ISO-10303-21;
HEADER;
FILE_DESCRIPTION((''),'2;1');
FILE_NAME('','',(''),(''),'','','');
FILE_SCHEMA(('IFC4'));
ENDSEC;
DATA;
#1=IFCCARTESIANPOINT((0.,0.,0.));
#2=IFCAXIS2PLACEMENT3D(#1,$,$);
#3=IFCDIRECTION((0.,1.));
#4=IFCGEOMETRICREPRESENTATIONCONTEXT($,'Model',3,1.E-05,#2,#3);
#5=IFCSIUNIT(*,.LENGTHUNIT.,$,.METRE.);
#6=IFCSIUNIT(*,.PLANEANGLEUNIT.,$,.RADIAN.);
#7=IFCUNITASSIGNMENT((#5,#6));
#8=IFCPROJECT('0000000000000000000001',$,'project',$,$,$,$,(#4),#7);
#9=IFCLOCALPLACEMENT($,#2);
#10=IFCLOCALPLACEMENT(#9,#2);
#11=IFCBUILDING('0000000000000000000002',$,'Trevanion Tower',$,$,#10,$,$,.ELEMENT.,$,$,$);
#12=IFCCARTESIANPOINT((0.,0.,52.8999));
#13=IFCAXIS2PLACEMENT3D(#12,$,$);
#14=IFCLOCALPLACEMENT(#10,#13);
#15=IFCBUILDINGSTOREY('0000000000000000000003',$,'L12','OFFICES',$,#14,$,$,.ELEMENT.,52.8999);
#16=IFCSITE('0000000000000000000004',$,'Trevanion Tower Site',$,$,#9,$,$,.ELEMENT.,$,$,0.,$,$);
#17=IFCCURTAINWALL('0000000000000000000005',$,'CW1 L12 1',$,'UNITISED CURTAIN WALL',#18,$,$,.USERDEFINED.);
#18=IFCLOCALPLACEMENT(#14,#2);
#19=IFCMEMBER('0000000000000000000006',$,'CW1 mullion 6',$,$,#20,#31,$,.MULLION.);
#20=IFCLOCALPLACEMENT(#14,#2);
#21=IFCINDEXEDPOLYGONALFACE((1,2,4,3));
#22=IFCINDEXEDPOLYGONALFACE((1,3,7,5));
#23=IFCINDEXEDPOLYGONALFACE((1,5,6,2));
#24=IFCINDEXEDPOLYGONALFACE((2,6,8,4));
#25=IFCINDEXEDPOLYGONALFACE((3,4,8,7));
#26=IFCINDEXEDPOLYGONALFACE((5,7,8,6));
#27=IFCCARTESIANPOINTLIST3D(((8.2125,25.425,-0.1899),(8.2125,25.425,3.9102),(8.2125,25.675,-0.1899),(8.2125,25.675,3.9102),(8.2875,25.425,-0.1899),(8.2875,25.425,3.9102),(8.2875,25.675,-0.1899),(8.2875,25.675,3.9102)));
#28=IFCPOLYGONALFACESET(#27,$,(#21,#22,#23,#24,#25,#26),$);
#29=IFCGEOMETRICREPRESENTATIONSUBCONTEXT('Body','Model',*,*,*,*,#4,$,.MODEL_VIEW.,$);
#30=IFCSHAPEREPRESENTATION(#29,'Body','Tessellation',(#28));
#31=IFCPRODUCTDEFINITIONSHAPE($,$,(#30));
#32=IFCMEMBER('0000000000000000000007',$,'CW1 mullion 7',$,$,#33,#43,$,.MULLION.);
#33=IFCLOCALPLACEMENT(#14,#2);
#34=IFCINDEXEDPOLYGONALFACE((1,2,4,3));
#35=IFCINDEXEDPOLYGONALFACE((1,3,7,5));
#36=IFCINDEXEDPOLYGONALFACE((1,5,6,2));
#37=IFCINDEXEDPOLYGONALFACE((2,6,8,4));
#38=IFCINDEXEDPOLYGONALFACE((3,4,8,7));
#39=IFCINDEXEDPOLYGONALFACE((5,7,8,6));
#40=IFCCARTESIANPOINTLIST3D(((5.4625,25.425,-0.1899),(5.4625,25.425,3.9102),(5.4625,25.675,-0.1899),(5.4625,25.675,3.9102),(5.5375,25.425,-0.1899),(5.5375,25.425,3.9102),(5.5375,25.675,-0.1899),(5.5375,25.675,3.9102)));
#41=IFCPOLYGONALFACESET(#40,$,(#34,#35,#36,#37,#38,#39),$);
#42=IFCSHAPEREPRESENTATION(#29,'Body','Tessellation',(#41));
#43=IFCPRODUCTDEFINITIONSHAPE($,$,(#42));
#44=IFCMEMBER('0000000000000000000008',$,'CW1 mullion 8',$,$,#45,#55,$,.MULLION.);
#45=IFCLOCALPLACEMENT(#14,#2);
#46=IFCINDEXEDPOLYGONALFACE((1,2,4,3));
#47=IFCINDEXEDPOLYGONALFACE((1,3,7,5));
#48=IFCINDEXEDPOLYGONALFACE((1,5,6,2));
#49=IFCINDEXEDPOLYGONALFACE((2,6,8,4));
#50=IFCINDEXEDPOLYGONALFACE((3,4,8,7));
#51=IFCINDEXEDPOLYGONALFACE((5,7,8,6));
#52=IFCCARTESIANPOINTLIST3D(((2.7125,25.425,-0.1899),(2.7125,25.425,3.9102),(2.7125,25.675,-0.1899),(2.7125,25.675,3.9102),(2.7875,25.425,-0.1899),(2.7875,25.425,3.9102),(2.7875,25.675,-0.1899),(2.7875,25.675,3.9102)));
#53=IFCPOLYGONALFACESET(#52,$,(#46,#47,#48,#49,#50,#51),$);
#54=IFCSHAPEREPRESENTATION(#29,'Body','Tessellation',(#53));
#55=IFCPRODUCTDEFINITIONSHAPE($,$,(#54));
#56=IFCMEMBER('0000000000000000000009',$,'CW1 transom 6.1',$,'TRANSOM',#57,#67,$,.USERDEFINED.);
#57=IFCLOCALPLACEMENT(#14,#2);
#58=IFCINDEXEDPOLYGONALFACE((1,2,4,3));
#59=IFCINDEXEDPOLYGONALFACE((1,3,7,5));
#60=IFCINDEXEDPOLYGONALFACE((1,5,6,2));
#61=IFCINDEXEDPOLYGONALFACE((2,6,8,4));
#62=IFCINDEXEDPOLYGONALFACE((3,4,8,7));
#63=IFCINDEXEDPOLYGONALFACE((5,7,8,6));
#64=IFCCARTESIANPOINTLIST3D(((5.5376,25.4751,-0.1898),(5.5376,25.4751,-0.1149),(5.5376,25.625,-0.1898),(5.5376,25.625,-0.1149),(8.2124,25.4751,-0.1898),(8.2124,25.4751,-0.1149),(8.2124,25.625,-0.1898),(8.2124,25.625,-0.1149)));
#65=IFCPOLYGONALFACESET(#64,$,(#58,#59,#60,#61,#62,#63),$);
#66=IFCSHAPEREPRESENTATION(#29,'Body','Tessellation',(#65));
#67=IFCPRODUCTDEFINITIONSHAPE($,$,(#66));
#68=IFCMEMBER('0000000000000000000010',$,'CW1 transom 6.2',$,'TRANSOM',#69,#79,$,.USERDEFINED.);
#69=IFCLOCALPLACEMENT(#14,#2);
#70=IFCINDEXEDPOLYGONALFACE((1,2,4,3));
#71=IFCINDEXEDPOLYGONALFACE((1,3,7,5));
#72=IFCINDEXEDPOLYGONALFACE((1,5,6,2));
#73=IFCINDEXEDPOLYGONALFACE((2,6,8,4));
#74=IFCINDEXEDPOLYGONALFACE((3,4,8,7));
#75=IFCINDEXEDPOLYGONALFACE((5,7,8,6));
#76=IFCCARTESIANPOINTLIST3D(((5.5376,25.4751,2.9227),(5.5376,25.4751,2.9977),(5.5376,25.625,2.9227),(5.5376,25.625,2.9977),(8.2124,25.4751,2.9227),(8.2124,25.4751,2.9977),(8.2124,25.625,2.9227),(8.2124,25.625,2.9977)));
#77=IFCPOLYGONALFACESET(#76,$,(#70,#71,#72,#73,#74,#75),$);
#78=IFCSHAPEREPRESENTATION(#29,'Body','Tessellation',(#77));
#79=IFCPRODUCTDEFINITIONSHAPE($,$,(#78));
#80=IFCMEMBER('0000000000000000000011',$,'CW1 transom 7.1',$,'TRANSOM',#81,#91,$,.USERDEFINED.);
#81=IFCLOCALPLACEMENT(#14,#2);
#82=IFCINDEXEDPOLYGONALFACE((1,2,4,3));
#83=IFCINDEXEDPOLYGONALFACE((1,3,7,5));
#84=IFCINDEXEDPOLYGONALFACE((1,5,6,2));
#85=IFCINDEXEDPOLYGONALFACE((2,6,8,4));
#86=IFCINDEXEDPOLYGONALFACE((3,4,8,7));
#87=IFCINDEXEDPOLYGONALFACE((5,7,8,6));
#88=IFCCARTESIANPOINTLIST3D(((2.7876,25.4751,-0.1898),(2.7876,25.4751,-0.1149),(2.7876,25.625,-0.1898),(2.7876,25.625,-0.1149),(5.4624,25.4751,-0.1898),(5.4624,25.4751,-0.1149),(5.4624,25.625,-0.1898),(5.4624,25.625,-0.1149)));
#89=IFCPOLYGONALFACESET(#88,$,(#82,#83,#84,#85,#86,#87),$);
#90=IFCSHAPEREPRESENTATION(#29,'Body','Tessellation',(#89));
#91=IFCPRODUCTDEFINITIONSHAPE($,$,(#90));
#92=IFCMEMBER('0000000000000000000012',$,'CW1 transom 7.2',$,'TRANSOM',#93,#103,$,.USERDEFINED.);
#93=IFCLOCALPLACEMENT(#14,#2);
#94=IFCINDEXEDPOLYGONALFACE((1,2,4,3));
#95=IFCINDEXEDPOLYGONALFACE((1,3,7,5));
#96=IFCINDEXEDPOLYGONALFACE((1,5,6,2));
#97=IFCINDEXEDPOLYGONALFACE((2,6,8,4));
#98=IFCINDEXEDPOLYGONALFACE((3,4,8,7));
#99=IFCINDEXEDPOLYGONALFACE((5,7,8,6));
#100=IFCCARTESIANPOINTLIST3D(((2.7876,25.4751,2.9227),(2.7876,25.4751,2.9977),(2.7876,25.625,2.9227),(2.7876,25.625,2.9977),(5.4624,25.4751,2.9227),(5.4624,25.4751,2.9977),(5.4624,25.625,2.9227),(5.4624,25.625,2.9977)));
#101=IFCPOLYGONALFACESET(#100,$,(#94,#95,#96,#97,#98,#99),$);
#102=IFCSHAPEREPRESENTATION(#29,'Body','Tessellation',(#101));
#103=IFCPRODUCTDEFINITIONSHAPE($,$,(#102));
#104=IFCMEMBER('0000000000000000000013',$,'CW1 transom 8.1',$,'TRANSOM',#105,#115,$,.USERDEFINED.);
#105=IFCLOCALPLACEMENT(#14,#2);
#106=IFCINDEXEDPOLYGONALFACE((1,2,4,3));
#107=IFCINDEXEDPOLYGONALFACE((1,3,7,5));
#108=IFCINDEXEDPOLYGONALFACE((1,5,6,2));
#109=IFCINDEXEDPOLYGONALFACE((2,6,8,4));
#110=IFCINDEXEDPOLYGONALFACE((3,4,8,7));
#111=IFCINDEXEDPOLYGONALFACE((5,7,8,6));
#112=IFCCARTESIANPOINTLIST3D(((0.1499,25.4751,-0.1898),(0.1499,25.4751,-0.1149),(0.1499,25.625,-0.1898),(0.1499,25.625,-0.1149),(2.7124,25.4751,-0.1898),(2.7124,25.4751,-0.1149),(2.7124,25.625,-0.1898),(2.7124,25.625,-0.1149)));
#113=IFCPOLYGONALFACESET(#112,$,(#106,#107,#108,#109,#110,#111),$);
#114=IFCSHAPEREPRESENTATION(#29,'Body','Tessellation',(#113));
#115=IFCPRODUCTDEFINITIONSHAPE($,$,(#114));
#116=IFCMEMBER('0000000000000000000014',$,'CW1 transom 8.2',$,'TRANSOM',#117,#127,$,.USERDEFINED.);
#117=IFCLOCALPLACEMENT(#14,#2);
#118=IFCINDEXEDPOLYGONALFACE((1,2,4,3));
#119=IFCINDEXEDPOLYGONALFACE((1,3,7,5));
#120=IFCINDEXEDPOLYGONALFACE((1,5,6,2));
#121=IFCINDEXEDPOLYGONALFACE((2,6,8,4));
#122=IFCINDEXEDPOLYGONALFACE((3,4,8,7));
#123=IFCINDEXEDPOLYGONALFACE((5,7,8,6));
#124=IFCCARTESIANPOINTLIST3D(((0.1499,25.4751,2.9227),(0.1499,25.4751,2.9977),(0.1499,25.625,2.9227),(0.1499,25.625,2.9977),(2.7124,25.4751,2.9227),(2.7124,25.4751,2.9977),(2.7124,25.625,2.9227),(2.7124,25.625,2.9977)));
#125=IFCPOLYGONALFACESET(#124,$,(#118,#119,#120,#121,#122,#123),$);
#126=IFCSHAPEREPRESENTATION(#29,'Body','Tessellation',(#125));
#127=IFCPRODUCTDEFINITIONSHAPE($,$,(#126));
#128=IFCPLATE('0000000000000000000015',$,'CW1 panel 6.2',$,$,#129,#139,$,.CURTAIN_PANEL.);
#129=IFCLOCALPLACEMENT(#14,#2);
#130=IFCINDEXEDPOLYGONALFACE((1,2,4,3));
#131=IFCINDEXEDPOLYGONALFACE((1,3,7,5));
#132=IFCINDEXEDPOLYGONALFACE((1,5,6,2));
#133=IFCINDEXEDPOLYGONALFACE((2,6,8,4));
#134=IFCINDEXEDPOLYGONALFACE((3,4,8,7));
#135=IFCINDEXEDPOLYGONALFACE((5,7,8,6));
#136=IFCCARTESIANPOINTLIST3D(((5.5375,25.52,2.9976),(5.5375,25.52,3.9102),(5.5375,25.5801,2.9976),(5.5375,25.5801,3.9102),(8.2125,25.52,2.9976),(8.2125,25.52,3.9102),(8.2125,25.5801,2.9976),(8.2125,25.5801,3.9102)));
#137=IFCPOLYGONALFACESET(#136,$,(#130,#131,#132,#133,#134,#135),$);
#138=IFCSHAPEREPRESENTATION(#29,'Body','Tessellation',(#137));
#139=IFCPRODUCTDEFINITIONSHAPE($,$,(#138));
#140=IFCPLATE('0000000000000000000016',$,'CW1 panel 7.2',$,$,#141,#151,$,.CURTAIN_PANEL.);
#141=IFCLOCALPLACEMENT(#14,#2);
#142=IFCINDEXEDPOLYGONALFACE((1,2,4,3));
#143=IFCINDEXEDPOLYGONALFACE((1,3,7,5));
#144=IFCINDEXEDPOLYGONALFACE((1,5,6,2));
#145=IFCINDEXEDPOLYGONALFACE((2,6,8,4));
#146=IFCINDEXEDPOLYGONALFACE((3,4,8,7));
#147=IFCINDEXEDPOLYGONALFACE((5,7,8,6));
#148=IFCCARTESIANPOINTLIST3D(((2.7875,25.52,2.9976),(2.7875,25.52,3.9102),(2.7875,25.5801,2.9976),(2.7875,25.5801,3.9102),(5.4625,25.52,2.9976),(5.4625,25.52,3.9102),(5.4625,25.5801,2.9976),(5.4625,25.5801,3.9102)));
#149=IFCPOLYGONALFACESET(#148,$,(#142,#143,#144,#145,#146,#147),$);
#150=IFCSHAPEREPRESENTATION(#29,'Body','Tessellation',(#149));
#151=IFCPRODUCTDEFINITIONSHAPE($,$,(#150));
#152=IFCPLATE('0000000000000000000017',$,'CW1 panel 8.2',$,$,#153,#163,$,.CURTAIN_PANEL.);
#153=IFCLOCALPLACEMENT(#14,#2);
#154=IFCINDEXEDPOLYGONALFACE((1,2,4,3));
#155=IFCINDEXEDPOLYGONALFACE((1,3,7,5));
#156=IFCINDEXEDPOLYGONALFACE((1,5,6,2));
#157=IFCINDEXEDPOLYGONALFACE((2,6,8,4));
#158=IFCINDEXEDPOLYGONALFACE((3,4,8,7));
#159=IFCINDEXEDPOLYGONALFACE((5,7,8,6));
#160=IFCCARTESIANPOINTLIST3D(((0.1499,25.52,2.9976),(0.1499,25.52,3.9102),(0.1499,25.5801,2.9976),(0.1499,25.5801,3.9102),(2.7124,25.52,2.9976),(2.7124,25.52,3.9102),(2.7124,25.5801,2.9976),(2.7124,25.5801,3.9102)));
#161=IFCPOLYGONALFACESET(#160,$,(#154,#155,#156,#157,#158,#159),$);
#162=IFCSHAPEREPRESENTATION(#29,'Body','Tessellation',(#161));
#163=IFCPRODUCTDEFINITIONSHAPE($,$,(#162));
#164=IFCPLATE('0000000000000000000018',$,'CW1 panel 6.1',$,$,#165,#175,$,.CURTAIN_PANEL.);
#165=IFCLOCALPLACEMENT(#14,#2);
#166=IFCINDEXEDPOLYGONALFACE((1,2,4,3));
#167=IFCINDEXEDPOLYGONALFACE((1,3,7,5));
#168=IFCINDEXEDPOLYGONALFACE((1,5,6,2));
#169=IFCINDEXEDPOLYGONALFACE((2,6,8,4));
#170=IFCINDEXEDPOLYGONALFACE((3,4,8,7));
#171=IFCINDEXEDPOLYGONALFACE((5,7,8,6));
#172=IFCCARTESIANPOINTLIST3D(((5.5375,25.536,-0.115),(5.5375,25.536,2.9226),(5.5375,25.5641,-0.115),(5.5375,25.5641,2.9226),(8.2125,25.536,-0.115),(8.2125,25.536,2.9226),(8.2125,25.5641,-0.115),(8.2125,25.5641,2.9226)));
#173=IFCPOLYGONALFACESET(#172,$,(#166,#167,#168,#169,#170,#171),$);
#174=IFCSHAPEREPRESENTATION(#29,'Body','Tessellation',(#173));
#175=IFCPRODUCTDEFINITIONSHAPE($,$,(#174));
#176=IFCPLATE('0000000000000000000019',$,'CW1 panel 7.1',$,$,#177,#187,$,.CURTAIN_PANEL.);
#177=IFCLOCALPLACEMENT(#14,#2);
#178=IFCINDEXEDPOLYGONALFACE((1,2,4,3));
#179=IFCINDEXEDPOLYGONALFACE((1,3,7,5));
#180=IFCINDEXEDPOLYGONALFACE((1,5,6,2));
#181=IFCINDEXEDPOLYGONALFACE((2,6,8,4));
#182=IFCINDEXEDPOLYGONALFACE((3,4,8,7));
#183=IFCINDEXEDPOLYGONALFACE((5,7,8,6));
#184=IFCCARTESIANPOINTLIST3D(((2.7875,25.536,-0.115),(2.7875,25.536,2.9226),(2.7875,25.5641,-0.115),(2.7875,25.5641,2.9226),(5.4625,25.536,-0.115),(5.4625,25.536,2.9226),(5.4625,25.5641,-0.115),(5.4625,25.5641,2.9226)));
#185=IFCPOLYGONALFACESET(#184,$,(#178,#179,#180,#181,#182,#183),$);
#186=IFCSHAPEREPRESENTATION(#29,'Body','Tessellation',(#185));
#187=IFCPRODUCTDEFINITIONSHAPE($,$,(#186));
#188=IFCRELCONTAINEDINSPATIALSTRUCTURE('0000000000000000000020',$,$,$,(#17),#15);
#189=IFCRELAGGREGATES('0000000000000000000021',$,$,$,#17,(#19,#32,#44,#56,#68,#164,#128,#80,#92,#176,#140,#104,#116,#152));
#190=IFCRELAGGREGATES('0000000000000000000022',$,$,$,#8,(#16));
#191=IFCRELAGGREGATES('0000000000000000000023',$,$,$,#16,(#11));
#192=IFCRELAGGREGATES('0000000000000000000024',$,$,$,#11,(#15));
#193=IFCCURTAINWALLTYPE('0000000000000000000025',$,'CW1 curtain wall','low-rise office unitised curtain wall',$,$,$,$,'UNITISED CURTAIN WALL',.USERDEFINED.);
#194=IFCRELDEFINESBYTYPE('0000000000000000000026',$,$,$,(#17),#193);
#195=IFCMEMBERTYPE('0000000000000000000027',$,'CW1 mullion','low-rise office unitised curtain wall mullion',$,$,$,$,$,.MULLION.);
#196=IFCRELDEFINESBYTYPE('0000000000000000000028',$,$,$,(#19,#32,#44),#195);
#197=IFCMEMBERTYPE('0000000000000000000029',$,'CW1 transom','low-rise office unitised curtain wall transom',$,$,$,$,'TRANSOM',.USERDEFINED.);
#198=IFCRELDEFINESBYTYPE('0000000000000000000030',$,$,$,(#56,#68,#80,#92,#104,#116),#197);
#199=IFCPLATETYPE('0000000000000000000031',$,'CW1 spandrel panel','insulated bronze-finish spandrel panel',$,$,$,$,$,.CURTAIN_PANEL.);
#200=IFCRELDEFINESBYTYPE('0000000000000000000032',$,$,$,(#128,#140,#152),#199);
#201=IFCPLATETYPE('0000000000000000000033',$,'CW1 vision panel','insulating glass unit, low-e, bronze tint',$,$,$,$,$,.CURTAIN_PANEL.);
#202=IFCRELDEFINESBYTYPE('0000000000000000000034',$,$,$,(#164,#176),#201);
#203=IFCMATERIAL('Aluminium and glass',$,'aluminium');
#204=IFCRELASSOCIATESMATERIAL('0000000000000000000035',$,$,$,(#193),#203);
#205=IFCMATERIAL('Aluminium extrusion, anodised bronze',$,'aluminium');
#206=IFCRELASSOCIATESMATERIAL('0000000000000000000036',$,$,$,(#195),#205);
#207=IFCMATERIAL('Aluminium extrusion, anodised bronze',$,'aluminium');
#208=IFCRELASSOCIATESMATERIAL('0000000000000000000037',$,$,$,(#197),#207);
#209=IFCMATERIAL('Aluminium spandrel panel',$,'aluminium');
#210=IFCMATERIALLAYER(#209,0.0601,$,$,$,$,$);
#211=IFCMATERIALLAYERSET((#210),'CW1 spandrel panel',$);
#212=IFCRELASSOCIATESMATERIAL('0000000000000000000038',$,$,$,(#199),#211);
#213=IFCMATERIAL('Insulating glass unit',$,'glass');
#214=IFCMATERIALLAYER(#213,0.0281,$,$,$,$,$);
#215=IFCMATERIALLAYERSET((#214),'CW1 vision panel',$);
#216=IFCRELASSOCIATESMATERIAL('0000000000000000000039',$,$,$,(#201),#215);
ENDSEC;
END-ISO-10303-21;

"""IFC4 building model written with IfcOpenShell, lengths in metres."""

from ifc_helpers import new_model, si_unit, direction, frame, origin, origin_2d, place, context, subcontext, project, spatial, rectangle, extrude, material, layer, layer_set, material_profile, profile_set, type_object, element, aggregate, save


model = new_model("IFC4")

# Units and contexts
model_context = context("Model", 3, precision=1e-05, world=origin(), true_north=direction((0.0, 1.0)))
body_context = subcontext(model_context, "Body", "Model", "MODEL_VIEW")
ifc_project = project(units=[si_unit("LENGTHUNIT", "METRE"), si_unit("PLANEANGLEUNIT", "RADIAN")], contexts=[model_context])

# Site, building, storey
site_placement = place(None, origin())
site = spatial("IfcSite", under=ifc_project, at=site_placement, Name="Trevanion Tower Site", CompositionType="ELEMENT", RefElevation=0.0)
building_placement = place(site_placement, origin())
building = spatial("IfcBuilding", under=site, at=building_placement, Name="Trevanion Tower", CompositionType="ELEMENT")
storey_placement = place(building_placement, frame((0.0, 0.0, 52.8999)))
storey = spatial("IfcBuildingStorey", under=building, at=storey_placement, Name="L12", Description="OFFICES", CompositionType="ELEMENT", Elevation=52.8999)

# Curtain wall, members, plates
ifc_material_1 = material(Name="Aluminium and glass", Category="aluminium")
curtain_wall_type = type_object("IfcCurtainWallType", Name="CW1 curtain wall", Description="low-rise office unitised curtain wall", ElementType="UNITISED CURTAIN WALL", PredefinedType="USERDEFINED", material=ifc_material_1)
curtain_wall_placement = place(storey_placement, origin())
curtain_wall = element("IfcCurtainWall", 1, at=curtain_wall_placement, inside=storey, type_object=curtain_wall_type, Name="CW1 L12 1", ObjectType="UNITISED CURTAIN WALL", PredefinedType="USERDEFINED")
ifc_material_2 = material(Name="Aluminium extrusion, anodised bronze", Category="aluminium")
ifc_material_profile_1 = material_profile(ifc_material_2, rectangle(XDim=0.075, YDim=0.25, at=origin_2d()), Name="CW1 mullion")
ifc_profile_set_1 = profile_set([ifc_material_profile_1], Name="Aluminium extrusion, anodised bronze")
member_type_1 = type_object("IfcMemberType", Name="CW1 mullion", Description="low-rise office unitised curtain wall mullion", PredefinedType="MULLION", material=ifc_profile_set_1)
member_1_placement = place(storey_placement, frame((8.25, 25.55, -0.1899), z_axis=(0.0, 0.0, 1.0), x_axis=(-1.0, 0.0, 0.0)))
member_1 = element("IfcMember", 2, at=member_1_placement, type_object=member_type_1, Name="CW1 mullion 6", PredefinedType="MULLION", context=body_context, shape_type="SweptSolid", body=[
    extrude(rectangle(XDim=0.075, YDim=0.25, at=origin_2d()), origin(), (0.0, 0.0, 1.0), 4.1001),
])
member_2_placement = place(storey_placement, frame((5.5, 25.55, -0.1899), z_axis=(0.0, 0.0, 1.0), x_axis=(-1.0, 0.0, 0.0)))
member_2 = element("IfcMember", 3, at=member_2_placement, type_object=member_type_1, Name="CW1 mullion 7", PredefinedType="MULLION", context=body_context, shape_type="SweptSolid", body=[
    extrude(rectangle(XDim=0.075, YDim=0.25, at=origin_2d()), origin(), (0.0, 0.0, 1.0), 4.1001),
])
member_3_placement = place(storey_placement, frame((2.75, 25.55, -0.1899), z_axis=(0.0, 0.0, 1.0), x_axis=(-1.0, 0.0, 0.0)))
member_3 = element("IfcMember", 4, at=member_3_placement, type_object=member_type_1, Name="CW1 mullion 8", PredefinedType="MULLION", context=body_context, shape_type="SweptSolid", body=[
    extrude(rectangle(XDim=0.075, YDim=0.25, at=origin_2d()), origin(), (0.0, 0.0, 1.0), 4.1001),
])
ifc_material_3 = material(Name="Aluminium extrusion, anodised bronze", Category="aluminium")
ifc_material_profile_2 = material_profile(ifc_material_3, rectangle(XDim=0.1499, YDim=0.075, at=origin_2d()), Name="CW1 transom")
ifc_profile_set_2 = profile_set([ifc_material_profile_2], Name="Aluminium extrusion, anodised bronze")
member_type_2 = type_object("IfcMemberType", Name="CW1 transom", Description="low-rise office unitised curtain wall transom", ElementType="TRANSOM", PredefinedType="USERDEFINED", material=ifc_profile_set_2)
member_4_placement = place(storey_placement, frame((8.2124, 25.55, -0.1523), z_axis=(-1.0, 0.0, 0.0), x_axis=(0.0, -1.0, 0.0)))
member_4 = element("IfcMember", 5, at=member_4_placement, type_object=member_type_2, Name="CW1 transom 6.1", ObjectType="TRANSOM", PredefinedType="USERDEFINED", context=body_context, shape_type="SweptSolid", body=[
    extrude(rectangle(XDim=0.1499, YDim=0.075, at=origin_2d()), origin(), (0.0, 0.0, 1.0), 2.6748),
])
member_5_placement = place(storey_placement, frame((8.2124, 25.55, 2.9602), z_axis=(-1.0, 0.0, 0.0), x_axis=(0.0, -1.0, 0.0)))
member_5 = element("IfcMember", 6, at=member_5_placement, type_object=member_type_2, Name="CW1 transom 6.2", ObjectType="TRANSOM", PredefinedType="USERDEFINED", context=body_context, shape_type="SweptSolid", body=[
    extrude(rectangle(XDim=0.1499, YDim=0.075, at=origin_2d()), origin(), (0.0, 0.0, 1.0), 2.6748),
])
member_6_placement = place(storey_placement, frame((5.4624, 25.55, -0.1523), z_axis=(-1.0, 0.0, 0.0), x_axis=(0.0, -1.0, 0.0)))
member_6 = element("IfcMember", 7, at=member_6_placement, type_object=member_type_2, Name="CW1 transom 7.1", ObjectType="TRANSOM", PredefinedType="USERDEFINED", context=body_context, shape_type="SweptSolid", body=[
    extrude(rectangle(XDim=0.1499, YDim=0.075, at=origin_2d()), origin(), (0.0, 0.0, 1.0), 2.6748),
])
member_7_placement = place(storey_placement, frame((5.4624, 25.55, 2.9602), z_axis=(-1.0, 0.0, 0.0), x_axis=(0.0, -1.0, 0.0)))
member_7 = element("IfcMember", 8, at=member_7_placement, type_object=member_type_2, Name="CW1 transom 7.2", ObjectType="TRANSOM", PredefinedType="USERDEFINED", context=body_context, shape_type="SweptSolid", body=[
    extrude(rectangle(XDim=0.1499, YDim=0.075, at=origin_2d()), origin(), (0.0, 0.0, 1.0), 2.6748),
])
member_8_placement = place(storey_placement, frame((2.7124, 25.55, -0.1523), z_axis=(-1.0, 0.0, 0.0), x_axis=(0.0, -1.0, 0.0)))
member_8 = element("IfcMember", 9, at=member_8_placement, type_object=member_type_2, Name="CW1 transom 8.1", ObjectType="TRANSOM", PredefinedType="USERDEFINED", context=body_context, shape_type="SweptSolid", body=[
    extrude(rectangle(XDim=0.1499, YDim=0.075, at=origin_2d()), origin(), (0.0, 0.0, 1.0), 2.5625),
])
member_9_placement = place(storey_placement, frame((2.7124, 25.55, 2.9602), z_axis=(-1.0, 0.0, 0.0), x_axis=(0.0, -1.0, 0.0)))
member_9 = element("IfcMember", 10, at=member_9_placement, type_object=member_type_2, Name="CW1 transom 8.2", ObjectType="TRANSOM", PredefinedType="USERDEFINED", context=body_context, shape_type="SweptSolid", body=[
    extrude(rectangle(XDim=0.1499, YDim=0.075, at=origin_2d()), origin(), (0.0, 0.0, 1.0), 2.5625),
])
ifc_material_4 = material(Name="Aluminium spandrel panel", Category="aluminium")
ifc_layer_1 = layer(ifc_material_4, 0.0601)
ifc_layer_set_1 = layer_set([ifc_layer_1], Name="CW1 spandrel panel")
plate_type_1 = type_object("IfcPlateType", Name="CW1 spandrel panel", Description="insulated bronze-finish spandrel panel", PredefinedType="CURTAIN_PANEL", material=ifc_layer_set_1)
plate_1_placement = place(storey_placement, frame((6.875, 25.55, 2.9976), z_axis=(0.0, 0.0, 1.0), x_axis=(-1.0, 0.0, 0.0)))
plate_1 = element("IfcPlate", 11, at=plate_1_placement, type_object=plate_type_1, Name="CW1 panel 6.2", PredefinedType="CURTAIN_PANEL", context=body_context, shape_type="SweptSolid", body=[
    extrude(rectangle(XDim=2.675, YDim=0.0601, at=origin_2d()), origin(), (0.0, 0.0, 1.0), 0.9126),
])
plate_2_placement = place(storey_placement, frame((4.125, 25.55, 2.9976), z_axis=(0.0, 0.0, 1.0), x_axis=(-1.0, 0.0, 0.0)))
plate_2 = element("IfcPlate", 12, at=plate_2_placement, type_object=plate_type_1, Name="CW1 panel 7.2", PredefinedType="CURTAIN_PANEL", context=body_context, shape_type="SweptSolid", body=[
    extrude(rectangle(XDim=2.675, YDim=0.0601, at=origin_2d()), origin(), (0.0, 0.0, 1.0), 0.9126),
])
plate_3_placement = place(storey_placement, frame((1.4312, 25.55, 2.9976), z_axis=(0.0, 0.0, 1.0), x_axis=(-1.0, 0.0, 0.0)))
plate_3 = element("IfcPlate", 13, at=plate_3_placement, type_object=plate_type_1, Name="CW1 panel 8.2", PredefinedType="CURTAIN_PANEL", context=body_context, shape_type="SweptSolid", body=[
    extrude(rectangle(XDim=2.5625, YDim=0.0601, at=origin_2d()), origin(), (0.0, 0.0, 1.0), 0.9126),
])
ifc_material_5 = material(Name="Insulating glass unit", Category="glass")
ifc_layer_2 = layer(ifc_material_5, 0.0281)
ifc_layer_set_2 = layer_set([ifc_layer_2], Name="CW1 vision panel")
plate_type_2 = type_object("IfcPlateType", Name="CW1 vision panel", Description="insulating glass unit, low-e, bronze tint", PredefinedType="CURTAIN_PANEL", material=ifc_layer_set_2)
plate_4_placement = place(storey_placement, frame((6.875, 25.55, -0.115), z_axis=(0.0, 0.0, 1.0), x_axis=(-1.0, 0.0, 0.0)))
plate_4 = element("IfcPlate", 14, at=plate_4_placement, type_object=plate_type_2, Name="CW1 panel 6.1", PredefinedType="CURTAIN_PANEL", context=body_context, shape_type="SweptSolid", body=[
    extrude(rectangle(XDim=2.675, YDim=0.0281, at=origin_2d()), origin(), (0.0, 0.0, 1.0), 3.0376),
])
plate_5_placement = place(storey_placement, frame((4.125, 25.55, -0.115), z_axis=(0.0, 0.0, 1.0), x_axis=(-1.0, 0.0, 0.0)))
plate_5 = element("IfcPlate", 15, at=plate_5_placement, type_object=plate_type_2, Name="CW1 panel 7.1", PredefinedType="CURTAIN_PANEL", context=body_context, shape_type="SweptSolid", body=[
    extrude(rectangle(XDim=2.675, YDim=0.0281, at=origin_2d()), origin(), (0.0, 0.0, 1.0), 3.0376),
])
aggregate(curtain_wall, [member_1, member_2, member_3, member_4, member_5, plate_4, plate_1, member_6, member_7, plate_5, plate_2, member_8, member_9, plate_3])

save(model, "model.ifc")
